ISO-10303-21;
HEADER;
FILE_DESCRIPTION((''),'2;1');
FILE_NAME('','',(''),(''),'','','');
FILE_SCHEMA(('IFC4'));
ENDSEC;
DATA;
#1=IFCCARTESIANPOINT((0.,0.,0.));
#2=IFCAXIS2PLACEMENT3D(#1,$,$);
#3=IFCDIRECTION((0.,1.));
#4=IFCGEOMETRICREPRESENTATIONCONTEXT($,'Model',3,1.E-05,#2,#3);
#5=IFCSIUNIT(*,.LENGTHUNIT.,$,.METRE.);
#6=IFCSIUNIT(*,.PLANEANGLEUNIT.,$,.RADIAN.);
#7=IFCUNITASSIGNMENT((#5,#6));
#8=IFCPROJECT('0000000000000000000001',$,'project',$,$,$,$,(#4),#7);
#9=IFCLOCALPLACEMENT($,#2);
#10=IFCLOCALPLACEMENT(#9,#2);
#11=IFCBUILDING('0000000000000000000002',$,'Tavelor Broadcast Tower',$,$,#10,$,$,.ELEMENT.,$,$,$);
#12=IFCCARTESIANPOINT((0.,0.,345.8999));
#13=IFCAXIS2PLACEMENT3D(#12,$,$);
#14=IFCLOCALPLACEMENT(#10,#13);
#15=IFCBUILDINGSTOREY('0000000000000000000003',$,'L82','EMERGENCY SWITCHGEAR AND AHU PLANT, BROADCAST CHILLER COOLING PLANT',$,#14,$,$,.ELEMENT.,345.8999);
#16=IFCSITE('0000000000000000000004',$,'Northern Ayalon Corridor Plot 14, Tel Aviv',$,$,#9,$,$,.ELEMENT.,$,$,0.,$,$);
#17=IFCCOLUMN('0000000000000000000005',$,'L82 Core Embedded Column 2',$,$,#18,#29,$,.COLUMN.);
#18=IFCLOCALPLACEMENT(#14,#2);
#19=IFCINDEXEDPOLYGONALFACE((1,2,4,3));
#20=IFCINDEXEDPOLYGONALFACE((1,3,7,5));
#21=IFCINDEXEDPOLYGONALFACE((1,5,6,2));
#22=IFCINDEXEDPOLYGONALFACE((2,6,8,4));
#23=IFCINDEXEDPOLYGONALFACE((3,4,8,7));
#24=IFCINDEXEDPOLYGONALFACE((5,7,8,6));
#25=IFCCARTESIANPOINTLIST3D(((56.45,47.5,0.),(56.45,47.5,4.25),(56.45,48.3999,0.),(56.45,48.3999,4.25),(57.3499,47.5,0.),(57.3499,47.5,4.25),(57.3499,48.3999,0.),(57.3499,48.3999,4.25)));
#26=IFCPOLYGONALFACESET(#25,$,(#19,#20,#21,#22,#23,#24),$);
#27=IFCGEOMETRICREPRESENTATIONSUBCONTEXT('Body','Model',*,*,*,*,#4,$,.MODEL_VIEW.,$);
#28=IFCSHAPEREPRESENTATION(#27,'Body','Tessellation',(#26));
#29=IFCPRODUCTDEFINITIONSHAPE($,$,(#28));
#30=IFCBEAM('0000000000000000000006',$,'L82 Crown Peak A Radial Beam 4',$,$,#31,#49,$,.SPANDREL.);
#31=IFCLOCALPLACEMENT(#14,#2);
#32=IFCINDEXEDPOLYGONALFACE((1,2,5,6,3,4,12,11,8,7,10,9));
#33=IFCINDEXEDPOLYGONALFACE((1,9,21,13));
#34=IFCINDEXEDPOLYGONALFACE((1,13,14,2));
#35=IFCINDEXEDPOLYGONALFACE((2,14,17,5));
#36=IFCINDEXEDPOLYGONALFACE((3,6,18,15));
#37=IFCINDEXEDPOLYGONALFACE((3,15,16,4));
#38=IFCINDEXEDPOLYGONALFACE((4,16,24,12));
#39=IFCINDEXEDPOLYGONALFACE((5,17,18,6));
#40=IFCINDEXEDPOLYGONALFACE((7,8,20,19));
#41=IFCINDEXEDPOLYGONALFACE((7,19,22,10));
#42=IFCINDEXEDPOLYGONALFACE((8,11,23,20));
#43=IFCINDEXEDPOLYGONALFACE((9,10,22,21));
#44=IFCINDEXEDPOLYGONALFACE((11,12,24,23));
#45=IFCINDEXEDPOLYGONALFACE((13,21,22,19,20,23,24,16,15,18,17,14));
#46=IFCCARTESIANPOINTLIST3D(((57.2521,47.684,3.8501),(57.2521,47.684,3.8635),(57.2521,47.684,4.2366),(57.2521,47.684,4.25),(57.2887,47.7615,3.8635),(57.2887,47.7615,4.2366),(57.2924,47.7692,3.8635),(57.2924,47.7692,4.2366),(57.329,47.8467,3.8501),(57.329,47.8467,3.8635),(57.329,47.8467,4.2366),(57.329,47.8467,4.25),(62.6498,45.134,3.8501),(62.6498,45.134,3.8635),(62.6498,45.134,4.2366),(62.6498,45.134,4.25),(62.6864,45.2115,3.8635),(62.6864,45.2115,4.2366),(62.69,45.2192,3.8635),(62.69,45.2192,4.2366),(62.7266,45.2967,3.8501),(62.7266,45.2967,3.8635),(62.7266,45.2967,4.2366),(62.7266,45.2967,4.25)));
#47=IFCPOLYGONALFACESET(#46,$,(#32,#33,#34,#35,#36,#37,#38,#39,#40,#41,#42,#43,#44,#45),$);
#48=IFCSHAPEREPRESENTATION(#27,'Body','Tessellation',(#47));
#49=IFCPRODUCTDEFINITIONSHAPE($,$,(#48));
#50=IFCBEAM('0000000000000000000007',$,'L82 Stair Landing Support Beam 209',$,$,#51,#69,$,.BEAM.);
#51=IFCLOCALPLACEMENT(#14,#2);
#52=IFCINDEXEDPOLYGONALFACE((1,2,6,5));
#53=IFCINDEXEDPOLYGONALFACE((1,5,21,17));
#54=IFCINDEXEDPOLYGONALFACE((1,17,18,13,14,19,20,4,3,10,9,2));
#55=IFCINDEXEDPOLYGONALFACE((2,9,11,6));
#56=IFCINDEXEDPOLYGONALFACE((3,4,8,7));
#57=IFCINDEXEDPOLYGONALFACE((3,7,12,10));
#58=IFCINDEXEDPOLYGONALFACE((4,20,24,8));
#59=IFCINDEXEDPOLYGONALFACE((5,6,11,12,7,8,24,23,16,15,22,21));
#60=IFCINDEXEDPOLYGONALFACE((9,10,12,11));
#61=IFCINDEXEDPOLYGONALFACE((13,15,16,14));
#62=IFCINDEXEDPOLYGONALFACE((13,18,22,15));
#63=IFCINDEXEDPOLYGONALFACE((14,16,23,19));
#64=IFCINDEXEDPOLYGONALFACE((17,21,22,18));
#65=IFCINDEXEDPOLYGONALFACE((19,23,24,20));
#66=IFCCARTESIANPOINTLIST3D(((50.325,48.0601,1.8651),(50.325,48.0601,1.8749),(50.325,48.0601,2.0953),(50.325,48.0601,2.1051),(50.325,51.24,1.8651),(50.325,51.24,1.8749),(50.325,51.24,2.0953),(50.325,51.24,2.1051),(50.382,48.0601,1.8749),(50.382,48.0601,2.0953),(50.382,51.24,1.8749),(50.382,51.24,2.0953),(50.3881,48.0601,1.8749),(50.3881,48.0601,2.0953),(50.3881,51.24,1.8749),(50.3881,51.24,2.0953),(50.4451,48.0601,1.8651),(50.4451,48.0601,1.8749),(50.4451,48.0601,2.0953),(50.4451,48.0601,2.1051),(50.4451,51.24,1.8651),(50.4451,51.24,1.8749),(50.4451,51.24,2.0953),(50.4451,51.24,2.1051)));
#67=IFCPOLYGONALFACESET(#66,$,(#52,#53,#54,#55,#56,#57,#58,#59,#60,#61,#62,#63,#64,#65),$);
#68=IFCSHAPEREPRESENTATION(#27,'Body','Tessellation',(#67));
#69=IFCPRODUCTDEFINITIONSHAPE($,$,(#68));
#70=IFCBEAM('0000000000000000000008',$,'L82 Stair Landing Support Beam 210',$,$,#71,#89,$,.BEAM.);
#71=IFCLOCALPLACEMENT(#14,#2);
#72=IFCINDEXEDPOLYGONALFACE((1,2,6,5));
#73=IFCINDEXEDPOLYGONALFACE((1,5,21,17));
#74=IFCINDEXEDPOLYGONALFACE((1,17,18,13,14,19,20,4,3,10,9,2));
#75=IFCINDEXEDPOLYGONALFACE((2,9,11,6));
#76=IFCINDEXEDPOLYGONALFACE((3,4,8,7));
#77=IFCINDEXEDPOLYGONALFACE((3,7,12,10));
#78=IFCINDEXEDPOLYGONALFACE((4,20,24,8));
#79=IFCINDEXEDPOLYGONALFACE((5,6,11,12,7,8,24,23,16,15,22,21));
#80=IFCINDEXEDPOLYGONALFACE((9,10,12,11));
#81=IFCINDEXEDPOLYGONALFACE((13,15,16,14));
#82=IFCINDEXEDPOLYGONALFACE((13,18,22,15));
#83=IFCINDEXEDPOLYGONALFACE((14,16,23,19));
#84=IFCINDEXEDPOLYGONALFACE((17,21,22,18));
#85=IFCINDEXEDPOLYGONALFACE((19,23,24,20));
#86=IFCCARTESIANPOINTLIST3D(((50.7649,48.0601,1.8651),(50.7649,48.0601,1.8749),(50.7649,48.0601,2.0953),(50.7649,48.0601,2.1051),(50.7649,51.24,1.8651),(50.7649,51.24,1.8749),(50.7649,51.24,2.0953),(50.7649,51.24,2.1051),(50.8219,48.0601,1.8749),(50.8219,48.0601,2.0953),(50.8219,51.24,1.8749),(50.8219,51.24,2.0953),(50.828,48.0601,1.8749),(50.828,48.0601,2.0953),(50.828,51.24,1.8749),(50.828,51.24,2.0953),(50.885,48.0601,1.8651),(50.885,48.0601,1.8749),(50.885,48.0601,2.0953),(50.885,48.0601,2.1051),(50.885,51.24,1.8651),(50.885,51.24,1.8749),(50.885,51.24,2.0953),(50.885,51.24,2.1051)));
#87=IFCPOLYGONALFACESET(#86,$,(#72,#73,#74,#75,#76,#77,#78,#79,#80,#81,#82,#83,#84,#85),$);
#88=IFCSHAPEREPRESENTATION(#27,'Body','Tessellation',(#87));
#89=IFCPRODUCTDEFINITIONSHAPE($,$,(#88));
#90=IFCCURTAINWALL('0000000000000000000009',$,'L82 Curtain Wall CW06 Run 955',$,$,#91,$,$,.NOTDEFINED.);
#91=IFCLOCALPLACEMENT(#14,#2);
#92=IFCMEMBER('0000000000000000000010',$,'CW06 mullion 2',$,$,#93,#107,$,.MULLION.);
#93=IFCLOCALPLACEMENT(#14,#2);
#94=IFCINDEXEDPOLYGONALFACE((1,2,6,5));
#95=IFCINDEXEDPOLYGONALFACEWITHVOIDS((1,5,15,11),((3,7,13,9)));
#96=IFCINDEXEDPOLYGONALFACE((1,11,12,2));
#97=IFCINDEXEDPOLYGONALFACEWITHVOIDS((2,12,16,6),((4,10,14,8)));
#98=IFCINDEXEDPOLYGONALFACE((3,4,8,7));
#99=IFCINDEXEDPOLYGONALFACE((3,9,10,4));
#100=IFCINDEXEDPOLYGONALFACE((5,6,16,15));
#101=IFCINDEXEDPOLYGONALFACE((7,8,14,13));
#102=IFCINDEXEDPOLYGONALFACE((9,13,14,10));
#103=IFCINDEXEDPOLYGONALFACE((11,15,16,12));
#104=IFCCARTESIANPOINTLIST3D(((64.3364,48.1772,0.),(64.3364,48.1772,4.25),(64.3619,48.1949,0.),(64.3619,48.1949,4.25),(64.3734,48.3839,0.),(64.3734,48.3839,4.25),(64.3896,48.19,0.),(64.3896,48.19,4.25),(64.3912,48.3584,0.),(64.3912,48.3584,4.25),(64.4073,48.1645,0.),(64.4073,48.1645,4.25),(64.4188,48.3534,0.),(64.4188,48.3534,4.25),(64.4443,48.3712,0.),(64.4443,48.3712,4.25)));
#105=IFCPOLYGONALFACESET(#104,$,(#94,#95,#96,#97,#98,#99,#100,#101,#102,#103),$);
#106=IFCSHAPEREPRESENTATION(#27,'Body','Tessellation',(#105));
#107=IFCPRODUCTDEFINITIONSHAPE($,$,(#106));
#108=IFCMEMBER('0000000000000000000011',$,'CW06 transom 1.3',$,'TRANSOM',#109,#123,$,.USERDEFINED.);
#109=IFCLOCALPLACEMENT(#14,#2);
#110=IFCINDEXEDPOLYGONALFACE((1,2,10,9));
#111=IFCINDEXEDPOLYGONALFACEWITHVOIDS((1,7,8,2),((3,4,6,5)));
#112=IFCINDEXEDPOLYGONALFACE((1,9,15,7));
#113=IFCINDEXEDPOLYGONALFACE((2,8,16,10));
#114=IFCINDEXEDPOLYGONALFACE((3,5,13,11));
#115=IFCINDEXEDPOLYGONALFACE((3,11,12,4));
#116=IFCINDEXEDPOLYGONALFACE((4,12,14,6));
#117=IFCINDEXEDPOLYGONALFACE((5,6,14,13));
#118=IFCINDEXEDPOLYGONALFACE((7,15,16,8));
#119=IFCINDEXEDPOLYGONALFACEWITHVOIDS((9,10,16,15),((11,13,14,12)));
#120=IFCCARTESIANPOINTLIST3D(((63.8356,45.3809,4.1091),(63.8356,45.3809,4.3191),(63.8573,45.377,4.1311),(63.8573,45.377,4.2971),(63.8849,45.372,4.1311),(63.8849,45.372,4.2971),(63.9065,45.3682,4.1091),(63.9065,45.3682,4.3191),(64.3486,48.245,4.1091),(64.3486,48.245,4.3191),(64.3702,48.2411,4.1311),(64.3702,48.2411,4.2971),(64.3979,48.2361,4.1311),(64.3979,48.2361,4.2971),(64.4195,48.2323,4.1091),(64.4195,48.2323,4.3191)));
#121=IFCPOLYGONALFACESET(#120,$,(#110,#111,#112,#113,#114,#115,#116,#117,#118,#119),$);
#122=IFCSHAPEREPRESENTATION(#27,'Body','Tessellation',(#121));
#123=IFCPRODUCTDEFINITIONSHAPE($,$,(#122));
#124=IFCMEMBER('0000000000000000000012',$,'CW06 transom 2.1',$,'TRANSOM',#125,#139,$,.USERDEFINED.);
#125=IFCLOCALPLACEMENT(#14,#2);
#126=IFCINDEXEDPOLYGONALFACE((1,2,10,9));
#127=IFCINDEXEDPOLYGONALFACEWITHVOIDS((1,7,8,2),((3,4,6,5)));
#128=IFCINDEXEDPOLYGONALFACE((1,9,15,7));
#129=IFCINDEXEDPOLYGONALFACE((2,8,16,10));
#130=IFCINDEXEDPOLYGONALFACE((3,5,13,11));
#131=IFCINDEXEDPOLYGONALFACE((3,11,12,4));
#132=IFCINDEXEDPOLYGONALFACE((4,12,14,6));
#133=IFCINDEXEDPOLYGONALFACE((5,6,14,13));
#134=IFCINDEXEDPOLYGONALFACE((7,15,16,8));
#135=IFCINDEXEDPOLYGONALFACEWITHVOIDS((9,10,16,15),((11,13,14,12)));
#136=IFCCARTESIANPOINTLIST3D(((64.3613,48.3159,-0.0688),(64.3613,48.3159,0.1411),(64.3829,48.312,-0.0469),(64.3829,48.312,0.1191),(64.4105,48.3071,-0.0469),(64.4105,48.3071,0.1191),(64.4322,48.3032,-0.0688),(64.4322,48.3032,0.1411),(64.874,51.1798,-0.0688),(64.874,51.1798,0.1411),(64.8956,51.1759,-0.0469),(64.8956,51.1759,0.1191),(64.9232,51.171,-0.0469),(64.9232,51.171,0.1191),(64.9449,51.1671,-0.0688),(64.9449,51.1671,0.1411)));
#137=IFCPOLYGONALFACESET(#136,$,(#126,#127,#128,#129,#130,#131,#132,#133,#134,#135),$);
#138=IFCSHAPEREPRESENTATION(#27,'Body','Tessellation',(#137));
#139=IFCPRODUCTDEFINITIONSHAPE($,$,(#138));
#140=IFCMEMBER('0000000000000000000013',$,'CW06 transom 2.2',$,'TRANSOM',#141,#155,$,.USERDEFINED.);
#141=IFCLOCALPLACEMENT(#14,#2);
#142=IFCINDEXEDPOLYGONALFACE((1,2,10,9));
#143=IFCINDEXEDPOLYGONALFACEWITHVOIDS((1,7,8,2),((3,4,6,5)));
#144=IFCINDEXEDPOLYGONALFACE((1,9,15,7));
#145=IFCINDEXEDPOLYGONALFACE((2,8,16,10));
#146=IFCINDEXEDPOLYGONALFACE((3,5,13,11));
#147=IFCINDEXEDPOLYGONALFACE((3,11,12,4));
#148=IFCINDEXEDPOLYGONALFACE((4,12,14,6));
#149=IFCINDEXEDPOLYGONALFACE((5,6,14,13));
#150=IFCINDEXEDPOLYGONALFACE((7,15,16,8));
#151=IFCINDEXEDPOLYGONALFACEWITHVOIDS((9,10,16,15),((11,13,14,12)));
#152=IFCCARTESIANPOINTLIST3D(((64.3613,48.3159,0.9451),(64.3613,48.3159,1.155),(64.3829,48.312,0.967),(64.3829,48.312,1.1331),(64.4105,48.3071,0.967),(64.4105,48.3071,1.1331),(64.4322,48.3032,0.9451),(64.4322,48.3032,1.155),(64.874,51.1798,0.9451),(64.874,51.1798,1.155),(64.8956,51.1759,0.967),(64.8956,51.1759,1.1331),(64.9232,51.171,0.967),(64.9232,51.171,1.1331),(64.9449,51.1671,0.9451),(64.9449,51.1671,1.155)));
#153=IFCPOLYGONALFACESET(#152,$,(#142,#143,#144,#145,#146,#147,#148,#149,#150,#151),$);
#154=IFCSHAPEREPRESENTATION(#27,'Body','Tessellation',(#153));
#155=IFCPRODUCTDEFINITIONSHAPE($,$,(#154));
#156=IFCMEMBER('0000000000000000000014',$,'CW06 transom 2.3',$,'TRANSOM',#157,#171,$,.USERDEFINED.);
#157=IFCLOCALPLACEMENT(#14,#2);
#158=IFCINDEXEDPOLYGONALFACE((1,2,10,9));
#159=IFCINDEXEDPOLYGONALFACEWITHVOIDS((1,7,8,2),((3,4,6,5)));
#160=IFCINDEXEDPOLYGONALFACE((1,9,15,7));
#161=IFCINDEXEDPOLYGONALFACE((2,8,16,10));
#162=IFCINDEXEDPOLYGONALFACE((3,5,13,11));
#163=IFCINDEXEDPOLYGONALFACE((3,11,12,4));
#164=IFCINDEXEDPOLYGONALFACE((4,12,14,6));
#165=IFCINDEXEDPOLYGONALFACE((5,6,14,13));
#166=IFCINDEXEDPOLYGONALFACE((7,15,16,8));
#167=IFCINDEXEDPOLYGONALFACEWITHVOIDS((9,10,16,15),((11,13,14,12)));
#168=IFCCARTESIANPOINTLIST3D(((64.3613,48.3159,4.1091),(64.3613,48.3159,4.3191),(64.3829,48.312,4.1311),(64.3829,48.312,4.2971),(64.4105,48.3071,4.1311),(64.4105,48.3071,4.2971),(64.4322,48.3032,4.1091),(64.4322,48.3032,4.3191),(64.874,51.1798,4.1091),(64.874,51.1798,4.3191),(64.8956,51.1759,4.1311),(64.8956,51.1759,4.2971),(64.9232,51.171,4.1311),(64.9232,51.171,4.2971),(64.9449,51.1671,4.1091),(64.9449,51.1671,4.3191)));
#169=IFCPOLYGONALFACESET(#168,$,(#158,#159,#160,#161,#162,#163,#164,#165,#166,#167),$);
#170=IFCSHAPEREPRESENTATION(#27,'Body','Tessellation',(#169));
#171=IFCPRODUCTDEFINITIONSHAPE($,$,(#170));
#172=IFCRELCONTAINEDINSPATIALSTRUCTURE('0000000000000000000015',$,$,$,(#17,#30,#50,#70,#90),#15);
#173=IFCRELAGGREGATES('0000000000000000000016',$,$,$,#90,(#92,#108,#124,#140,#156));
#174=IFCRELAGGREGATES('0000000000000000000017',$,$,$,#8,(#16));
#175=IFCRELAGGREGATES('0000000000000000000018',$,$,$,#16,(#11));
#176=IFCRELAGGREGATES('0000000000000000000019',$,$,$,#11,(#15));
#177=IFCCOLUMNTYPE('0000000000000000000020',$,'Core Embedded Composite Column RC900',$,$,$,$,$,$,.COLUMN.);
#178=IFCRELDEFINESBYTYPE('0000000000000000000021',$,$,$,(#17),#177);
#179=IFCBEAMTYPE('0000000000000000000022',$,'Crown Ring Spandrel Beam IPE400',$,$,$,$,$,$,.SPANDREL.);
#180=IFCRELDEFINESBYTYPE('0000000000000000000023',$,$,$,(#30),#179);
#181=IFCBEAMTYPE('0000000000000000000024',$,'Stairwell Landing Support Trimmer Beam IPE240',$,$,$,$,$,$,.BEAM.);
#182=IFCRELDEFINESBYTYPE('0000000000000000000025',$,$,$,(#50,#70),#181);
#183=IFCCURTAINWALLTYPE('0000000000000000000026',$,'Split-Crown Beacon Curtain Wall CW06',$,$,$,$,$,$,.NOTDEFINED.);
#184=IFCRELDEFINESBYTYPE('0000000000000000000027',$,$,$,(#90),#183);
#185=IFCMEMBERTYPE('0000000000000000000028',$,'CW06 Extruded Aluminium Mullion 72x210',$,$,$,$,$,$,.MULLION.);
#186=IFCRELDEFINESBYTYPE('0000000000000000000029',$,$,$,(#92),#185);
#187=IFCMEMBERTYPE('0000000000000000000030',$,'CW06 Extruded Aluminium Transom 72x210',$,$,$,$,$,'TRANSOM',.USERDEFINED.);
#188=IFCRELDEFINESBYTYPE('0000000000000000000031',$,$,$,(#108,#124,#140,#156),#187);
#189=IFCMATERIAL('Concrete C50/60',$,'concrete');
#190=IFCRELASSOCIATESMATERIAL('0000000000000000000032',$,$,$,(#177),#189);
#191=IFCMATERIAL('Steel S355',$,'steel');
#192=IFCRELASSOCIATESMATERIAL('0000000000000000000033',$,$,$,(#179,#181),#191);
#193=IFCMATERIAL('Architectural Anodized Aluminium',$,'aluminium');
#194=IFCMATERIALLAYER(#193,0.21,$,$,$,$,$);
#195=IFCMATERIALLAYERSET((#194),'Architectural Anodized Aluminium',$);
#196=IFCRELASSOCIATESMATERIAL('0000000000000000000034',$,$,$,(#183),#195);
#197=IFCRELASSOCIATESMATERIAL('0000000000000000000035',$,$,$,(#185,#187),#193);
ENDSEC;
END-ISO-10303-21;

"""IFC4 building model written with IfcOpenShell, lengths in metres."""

from ifc_helpers import new_model, si_unit, direction, frame, origin, origin_2d, place, context, subcontext, project, spatial, rectangle, hollow_rectangle, i_section, extrude, source, transform, mapped, material, layer, layer_set, material_profile, profile_set, type_object, type_shapes, element, aggregate, save


model = new_model("IFC4")

# Units and contexts
model_context = context("Model", 3, precision=1e-05, world=origin(), true_north=direction((0.0, 1.0)))
body_context = subcontext(model_context, "Body", "Model", "MODEL_VIEW")
ifc_project = project(units=[si_unit("LENGTHUNIT", "METRE"), si_unit("PLANEANGLEUNIT", "RADIAN")], contexts=[model_context])

# Site, building, storey
site_placement = place(None, origin())
site = spatial("IfcSite", under=ifc_project, at=site_placement, Name="Northern Ayalon Corridor Plot 14, Tel Aviv", CompositionType="ELEMENT", RefElevation=0.0)
building_placement = place(site_placement, origin())
building = spatial("IfcBuilding", under=site, at=building_placement, Name="Tavelor Broadcast Tower", CompositionType="ELEMENT")
storey_placement = place(building_placement, frame((0.0, 0.0, 345.8999)))
storey = spatial("IfcBuildingStorey", under=building, at=storey_placement, Name="L82", Description="EMERGENCY SWITCHGEAR AND AHU PLANT, BROADCAST CHILLER COOLING PLANT", CompositionType="ELEMENT", Elevation=345.8999)

# Column
ifc_material_1 = material(Name="Concrete C50/60", Category="concrete")
ifc_material_profile_1 = material_profile(ifc_material_1, rectangle(XDim=0.8999, YDim=0.8999, at=origin_2d()), Name="RC 900x900")
ifc_profile_set_1 = profile_set([ifc_material_profile_1], Name="Concrete C50/60")
column_type = type_object("IfcColumnType", Name="Core Embedded Composite Column RC900", PredefinedType="COLUMN", material=ifc_profile_set_1)
column_placement = place(storey_placement, frame((56.8999, 47.95, 0.0), z_axis=(0.0, 0.0, 1.0), x_axis=(1.0, 0.0, 0.0)))
element("IfcColumn", 1, at=column_placement, inside=storey, type_object=column_type, Name="L82 Core Embedded Column 2", PredefinedType="COLUMN", context=body_context, shape_type="SweptSolid", body=[
    extrude(rectangle(XDim=0.8999, YDim=0.8999, at=origin_2d()), origin(), (0.0, 0.0, 1.0), 4.25),
])

# Beams
ifc_material_2 = material(Name="Steel S355", Category="steel")
ifc_material_profile_2 = material_profile(ifc_material_2, i_section(OverallWidth=0.1799, OverallDepth=0.3999, WebThickness=0.0085, FlangeThickness=0.0134, at=origin_2d()), Name="IPE 400")
ifc_profile_set_2 = profile_set([ifc_material_profile_2], Name="Steel S355")
beam_type_1 = type_object("IfcBeamType", Name="Crown Ring Spandrel Beam IPE400", PredefinedType="SPANDREL", material=ifc_profile_set_2)
beam_placement = place(storey_placement, frame((57.2905, 47.7654, 4.05), z_axis=(0.904175, -0.427161, 0.0), x_axis=(0.427161, 0.904175, 0.0)))
element("IfcBeam", 2, at=beam_placement, inside=storey, type_object=beam_type_1, Name="L82 Crown Peak A Radial Beam 4", PredefinedType="SPANDREL", context=body_context, shape_type="SweptSolid", body=[
    extrude(i_section(OverallWidth=0.1799, OverallDepth=0.3999, WebThickness=0.0085, FlangeThickness=0.0134, at=origin_2d()), origin(), (0.0, 0.0, 1.0), 5.9697),
])
ifc_material_profile_3 = material_profile(ifc_material_2, i_section(OverallWidth=0.1201, OverallDepth=0.24, WebThickness=0.0061, FlangeThickness=0.0098, at=origin_2d()), Name="IPE 240")
ifc_profile_set_3 = profile_set([ifc_material_profile_3], Name="Steel S355")
beam_type_2 = type_object("IfcBeamType", Name="Stairwell Landing Support Trimmer Beam IPE240", PredefinedType="BEAM", material=ifc_profile_set_3)
for number, where, z_axis, x_axis, name in (
    (3, (50.385, 48.0601, 1.9851), (0.0, 1.0, 0.0), (-1.0, 0.0, 0.0), "L82 Stair Landing Support Beam 209"),
    (4, (50.825, 48.0601, 1.9851), (0.0, 1.0, 0.0), (-1.0, 0.0, 0.0), "L82 Stair Landing Support Beam 210"),
):
    element("IfcBeam", number, at=place(storey_placement, frame(where, z_axis=z_axis, x_axis=x_axis)), inside=storey, type_object=beam_type_2, Name=name, PredefinedType="BEAM", context=body_context, shape_type="SweptSolid", body=[
        extrude(i_section(OverallWidth=0.1201, OverallDepth=0.24, WebThickness=0.0061, FlangeThickness=0.0098, at=origin_2d()), origin(), (0.0, 0.0, 1.0), 3.1799),
    ])

# Curtain wall, members
ifc_material_3 = material(Name="Architectural Anodized Aluminium", Category="aluminium")
ifc_layer_1 = layer(ifc_material_3, 0.21)
ifc_layer_set_1 = layer_set([ifc_layer_1], Name="Architectural Anodized Aluminium")
curtain_wall_type = type_object("IfcCurtainWallType", Name="Split-Crown Beacon Curtain Wall CW06", PredefinedType="NOTDEFINED", material=ifc_layer_set_1)
curtain_wall_placement = place(storey_placement, origin())
curtain_wall = element("IfcCurtainWall", 5, at=curtain_wall_placement, inside=storey, type_object=curtain_wall_type, Name="L82 Curtain Wall CW06 Run 955", PredefinedType="NOTDEFINED")
ifc_material_profile_4 = material_profile(ifc_material_3, hollow_rectangle(XDim=0.072, YDim=0.21, WallThickness=0.022, at=origin_2d()), Name="RHS 72x210x22")
ifc_profile_set_4 = profile_set([ifc_material_profile_4], Name="Architectural Anodized Aluminium")
member_type_1 = type_object("IfcMemberType", Name="CW06 Extruded Aluminium Mullion 72x210", PredefinedType="MULLION", material=ifc_profile_set_4)
shared_shape_1 = source(origin(), body_context, "Body", "SweptSolid", [
    extrude(hollow_rectangle(XDim=0.072, YDim=0.21, WallThickness=0.022, at=origin_2d()), origin(), (0.0, 0.0, 1.0), 4.25),
])
type_shapes(member_type_1, [shared_shape_1])
member_1_placement = place(storey_placement, frame((64.3904, 48.2742, 0.0), z_axis=(0.0, 0.0, 1.0), x_axis=(-0.984343, 0.176266, 0.0)))
member_1 = element("IfcMember", 6, at=member_1_placement, type_object=member_type_1, Name="CW06 mullion 2", PredefinedType="MULLION", context=body_context, shape_type="MappedRepresentation", body=[
    mapped(shared_shape_1, transform((0.0, 0.0, 0.0), scale=1.0)),
])
ifc_material_profile_5 = material_profile(ifc_material_3, hollow_rectangle(XDim=0.072, YDim=0.21, WallThickness=0.022, at=origin_2d()), Name="RHS 72x210x22")
ifc_profile_set_5 = profile_set([ifc_material_profile_5], Name="Architectural Anodized Aluminium")
member_type_2 = type_object("IfcMemberType", Name="CW06 Extruded Aluminium Transom 72x210", ElementType="TRANSOM", PredefinedType="USERDEFINED", material=ifc_profile_set_5)
shared_shape_2 = source(origin(), body_context, "Body", "SweptSolid", [
    extrude(hollow_rectangle(XDim=0.072, YDim=0.21, WallThickness=0.022, at=origin_2d()), origin(), (0.0, 0.0, 1.0), 2.9097),
])
member_2_placement = place(storey_placement, frame((63.8711, 45.3745, 4.2141), z_axis=(0.176293, 0.984338, 0.0), x_axis=(-0.984338, 0.176293, 0.0)))
member_2 = element("IfcMember", 7, at=member_2_placement, type_object=member_type_2, Name="CW06 transom 1.3", ObjectType="TRANSOM", PredefinedType="USERDEFINED", context=body_context, shape_type="MappedRepresentation", body=[
    mapped(shared_shape_2, transform((0.0, 0.0, 0.0), scale=1.0)),
])
shared_shape_3 = source(origin(), body_context, "Body", "SweptSolid", [
    extrude(hollow_rectangle(XDim=0.072, YDim=0.21, WallThickness=0.022, at=origin_2d()), origin(), (0.0, 0.0, 1.0), 2.9094),
])
type_shapes(member_type_2, [shared_shape_2, shared_shape_3])
member_3_placement = place(storey_placement, frame((64.3967, 48.3096, 0.0361), z_axis=(0.176212, 0.984352, 0.0), x_axis=(-0.984352, 0.176212, 0.0)))
member_3 = element("IfcMember", 8, at=member_3_placement, type_object=member_type_2, Name="CW06 transom 2.1", ObjectType="TRANSOM", PredefinedType="USERDEFINED", context=body_context, shape_type="MappedRepresentation", body=[
    mapped(shared_shape_3, transform((0.0, 0.0, 0.0), scale=1.0)),
])
member_4_placement = place(storey_placement, frame((64.3967, 48.3096, 1.05), z_axis=(0.176212, 0.984352, 0.0), x_axis=(-0.984352, 0.176212, 0.0)))
member_4 = element("IfcMember", 9, at=member_4_placement, type_object=member_type_2, Name="CW06 transom 2.2", ObjectType="TRANSOM", PredefinedType="USERDEFINED", context=body_context, shape_type="MappedRepresentation", body=[
    mapped(shared_shape_3, transform((0.0, 0.0, 0.0), scale=1.0)),
])
member_5_placement = place(storey_placement, frame((64.3967, 48.3096, 4.2141), z_axis=(0.176212, 0.984352, 0.0), x_axis=(-0.984352, 0.176212, 0.0)))
member_5 = element("IfcMember", 10, at=member_5_placement, type_object=member_type_2, Name="CW06 transom 2.3", ObjectType="TRANSOM", PredefinedType="USERDEFINED", context=body_context, shape_type="MappedRepresentation", body=[
    mapped(shared_shape_3, transform((0.0, 0.0, 0.0), scale=1.0)),
])
aggregate(curtain_wall, [member_1, member_2, member_3, member_4, member_5])

save(model, "model.ifc")
